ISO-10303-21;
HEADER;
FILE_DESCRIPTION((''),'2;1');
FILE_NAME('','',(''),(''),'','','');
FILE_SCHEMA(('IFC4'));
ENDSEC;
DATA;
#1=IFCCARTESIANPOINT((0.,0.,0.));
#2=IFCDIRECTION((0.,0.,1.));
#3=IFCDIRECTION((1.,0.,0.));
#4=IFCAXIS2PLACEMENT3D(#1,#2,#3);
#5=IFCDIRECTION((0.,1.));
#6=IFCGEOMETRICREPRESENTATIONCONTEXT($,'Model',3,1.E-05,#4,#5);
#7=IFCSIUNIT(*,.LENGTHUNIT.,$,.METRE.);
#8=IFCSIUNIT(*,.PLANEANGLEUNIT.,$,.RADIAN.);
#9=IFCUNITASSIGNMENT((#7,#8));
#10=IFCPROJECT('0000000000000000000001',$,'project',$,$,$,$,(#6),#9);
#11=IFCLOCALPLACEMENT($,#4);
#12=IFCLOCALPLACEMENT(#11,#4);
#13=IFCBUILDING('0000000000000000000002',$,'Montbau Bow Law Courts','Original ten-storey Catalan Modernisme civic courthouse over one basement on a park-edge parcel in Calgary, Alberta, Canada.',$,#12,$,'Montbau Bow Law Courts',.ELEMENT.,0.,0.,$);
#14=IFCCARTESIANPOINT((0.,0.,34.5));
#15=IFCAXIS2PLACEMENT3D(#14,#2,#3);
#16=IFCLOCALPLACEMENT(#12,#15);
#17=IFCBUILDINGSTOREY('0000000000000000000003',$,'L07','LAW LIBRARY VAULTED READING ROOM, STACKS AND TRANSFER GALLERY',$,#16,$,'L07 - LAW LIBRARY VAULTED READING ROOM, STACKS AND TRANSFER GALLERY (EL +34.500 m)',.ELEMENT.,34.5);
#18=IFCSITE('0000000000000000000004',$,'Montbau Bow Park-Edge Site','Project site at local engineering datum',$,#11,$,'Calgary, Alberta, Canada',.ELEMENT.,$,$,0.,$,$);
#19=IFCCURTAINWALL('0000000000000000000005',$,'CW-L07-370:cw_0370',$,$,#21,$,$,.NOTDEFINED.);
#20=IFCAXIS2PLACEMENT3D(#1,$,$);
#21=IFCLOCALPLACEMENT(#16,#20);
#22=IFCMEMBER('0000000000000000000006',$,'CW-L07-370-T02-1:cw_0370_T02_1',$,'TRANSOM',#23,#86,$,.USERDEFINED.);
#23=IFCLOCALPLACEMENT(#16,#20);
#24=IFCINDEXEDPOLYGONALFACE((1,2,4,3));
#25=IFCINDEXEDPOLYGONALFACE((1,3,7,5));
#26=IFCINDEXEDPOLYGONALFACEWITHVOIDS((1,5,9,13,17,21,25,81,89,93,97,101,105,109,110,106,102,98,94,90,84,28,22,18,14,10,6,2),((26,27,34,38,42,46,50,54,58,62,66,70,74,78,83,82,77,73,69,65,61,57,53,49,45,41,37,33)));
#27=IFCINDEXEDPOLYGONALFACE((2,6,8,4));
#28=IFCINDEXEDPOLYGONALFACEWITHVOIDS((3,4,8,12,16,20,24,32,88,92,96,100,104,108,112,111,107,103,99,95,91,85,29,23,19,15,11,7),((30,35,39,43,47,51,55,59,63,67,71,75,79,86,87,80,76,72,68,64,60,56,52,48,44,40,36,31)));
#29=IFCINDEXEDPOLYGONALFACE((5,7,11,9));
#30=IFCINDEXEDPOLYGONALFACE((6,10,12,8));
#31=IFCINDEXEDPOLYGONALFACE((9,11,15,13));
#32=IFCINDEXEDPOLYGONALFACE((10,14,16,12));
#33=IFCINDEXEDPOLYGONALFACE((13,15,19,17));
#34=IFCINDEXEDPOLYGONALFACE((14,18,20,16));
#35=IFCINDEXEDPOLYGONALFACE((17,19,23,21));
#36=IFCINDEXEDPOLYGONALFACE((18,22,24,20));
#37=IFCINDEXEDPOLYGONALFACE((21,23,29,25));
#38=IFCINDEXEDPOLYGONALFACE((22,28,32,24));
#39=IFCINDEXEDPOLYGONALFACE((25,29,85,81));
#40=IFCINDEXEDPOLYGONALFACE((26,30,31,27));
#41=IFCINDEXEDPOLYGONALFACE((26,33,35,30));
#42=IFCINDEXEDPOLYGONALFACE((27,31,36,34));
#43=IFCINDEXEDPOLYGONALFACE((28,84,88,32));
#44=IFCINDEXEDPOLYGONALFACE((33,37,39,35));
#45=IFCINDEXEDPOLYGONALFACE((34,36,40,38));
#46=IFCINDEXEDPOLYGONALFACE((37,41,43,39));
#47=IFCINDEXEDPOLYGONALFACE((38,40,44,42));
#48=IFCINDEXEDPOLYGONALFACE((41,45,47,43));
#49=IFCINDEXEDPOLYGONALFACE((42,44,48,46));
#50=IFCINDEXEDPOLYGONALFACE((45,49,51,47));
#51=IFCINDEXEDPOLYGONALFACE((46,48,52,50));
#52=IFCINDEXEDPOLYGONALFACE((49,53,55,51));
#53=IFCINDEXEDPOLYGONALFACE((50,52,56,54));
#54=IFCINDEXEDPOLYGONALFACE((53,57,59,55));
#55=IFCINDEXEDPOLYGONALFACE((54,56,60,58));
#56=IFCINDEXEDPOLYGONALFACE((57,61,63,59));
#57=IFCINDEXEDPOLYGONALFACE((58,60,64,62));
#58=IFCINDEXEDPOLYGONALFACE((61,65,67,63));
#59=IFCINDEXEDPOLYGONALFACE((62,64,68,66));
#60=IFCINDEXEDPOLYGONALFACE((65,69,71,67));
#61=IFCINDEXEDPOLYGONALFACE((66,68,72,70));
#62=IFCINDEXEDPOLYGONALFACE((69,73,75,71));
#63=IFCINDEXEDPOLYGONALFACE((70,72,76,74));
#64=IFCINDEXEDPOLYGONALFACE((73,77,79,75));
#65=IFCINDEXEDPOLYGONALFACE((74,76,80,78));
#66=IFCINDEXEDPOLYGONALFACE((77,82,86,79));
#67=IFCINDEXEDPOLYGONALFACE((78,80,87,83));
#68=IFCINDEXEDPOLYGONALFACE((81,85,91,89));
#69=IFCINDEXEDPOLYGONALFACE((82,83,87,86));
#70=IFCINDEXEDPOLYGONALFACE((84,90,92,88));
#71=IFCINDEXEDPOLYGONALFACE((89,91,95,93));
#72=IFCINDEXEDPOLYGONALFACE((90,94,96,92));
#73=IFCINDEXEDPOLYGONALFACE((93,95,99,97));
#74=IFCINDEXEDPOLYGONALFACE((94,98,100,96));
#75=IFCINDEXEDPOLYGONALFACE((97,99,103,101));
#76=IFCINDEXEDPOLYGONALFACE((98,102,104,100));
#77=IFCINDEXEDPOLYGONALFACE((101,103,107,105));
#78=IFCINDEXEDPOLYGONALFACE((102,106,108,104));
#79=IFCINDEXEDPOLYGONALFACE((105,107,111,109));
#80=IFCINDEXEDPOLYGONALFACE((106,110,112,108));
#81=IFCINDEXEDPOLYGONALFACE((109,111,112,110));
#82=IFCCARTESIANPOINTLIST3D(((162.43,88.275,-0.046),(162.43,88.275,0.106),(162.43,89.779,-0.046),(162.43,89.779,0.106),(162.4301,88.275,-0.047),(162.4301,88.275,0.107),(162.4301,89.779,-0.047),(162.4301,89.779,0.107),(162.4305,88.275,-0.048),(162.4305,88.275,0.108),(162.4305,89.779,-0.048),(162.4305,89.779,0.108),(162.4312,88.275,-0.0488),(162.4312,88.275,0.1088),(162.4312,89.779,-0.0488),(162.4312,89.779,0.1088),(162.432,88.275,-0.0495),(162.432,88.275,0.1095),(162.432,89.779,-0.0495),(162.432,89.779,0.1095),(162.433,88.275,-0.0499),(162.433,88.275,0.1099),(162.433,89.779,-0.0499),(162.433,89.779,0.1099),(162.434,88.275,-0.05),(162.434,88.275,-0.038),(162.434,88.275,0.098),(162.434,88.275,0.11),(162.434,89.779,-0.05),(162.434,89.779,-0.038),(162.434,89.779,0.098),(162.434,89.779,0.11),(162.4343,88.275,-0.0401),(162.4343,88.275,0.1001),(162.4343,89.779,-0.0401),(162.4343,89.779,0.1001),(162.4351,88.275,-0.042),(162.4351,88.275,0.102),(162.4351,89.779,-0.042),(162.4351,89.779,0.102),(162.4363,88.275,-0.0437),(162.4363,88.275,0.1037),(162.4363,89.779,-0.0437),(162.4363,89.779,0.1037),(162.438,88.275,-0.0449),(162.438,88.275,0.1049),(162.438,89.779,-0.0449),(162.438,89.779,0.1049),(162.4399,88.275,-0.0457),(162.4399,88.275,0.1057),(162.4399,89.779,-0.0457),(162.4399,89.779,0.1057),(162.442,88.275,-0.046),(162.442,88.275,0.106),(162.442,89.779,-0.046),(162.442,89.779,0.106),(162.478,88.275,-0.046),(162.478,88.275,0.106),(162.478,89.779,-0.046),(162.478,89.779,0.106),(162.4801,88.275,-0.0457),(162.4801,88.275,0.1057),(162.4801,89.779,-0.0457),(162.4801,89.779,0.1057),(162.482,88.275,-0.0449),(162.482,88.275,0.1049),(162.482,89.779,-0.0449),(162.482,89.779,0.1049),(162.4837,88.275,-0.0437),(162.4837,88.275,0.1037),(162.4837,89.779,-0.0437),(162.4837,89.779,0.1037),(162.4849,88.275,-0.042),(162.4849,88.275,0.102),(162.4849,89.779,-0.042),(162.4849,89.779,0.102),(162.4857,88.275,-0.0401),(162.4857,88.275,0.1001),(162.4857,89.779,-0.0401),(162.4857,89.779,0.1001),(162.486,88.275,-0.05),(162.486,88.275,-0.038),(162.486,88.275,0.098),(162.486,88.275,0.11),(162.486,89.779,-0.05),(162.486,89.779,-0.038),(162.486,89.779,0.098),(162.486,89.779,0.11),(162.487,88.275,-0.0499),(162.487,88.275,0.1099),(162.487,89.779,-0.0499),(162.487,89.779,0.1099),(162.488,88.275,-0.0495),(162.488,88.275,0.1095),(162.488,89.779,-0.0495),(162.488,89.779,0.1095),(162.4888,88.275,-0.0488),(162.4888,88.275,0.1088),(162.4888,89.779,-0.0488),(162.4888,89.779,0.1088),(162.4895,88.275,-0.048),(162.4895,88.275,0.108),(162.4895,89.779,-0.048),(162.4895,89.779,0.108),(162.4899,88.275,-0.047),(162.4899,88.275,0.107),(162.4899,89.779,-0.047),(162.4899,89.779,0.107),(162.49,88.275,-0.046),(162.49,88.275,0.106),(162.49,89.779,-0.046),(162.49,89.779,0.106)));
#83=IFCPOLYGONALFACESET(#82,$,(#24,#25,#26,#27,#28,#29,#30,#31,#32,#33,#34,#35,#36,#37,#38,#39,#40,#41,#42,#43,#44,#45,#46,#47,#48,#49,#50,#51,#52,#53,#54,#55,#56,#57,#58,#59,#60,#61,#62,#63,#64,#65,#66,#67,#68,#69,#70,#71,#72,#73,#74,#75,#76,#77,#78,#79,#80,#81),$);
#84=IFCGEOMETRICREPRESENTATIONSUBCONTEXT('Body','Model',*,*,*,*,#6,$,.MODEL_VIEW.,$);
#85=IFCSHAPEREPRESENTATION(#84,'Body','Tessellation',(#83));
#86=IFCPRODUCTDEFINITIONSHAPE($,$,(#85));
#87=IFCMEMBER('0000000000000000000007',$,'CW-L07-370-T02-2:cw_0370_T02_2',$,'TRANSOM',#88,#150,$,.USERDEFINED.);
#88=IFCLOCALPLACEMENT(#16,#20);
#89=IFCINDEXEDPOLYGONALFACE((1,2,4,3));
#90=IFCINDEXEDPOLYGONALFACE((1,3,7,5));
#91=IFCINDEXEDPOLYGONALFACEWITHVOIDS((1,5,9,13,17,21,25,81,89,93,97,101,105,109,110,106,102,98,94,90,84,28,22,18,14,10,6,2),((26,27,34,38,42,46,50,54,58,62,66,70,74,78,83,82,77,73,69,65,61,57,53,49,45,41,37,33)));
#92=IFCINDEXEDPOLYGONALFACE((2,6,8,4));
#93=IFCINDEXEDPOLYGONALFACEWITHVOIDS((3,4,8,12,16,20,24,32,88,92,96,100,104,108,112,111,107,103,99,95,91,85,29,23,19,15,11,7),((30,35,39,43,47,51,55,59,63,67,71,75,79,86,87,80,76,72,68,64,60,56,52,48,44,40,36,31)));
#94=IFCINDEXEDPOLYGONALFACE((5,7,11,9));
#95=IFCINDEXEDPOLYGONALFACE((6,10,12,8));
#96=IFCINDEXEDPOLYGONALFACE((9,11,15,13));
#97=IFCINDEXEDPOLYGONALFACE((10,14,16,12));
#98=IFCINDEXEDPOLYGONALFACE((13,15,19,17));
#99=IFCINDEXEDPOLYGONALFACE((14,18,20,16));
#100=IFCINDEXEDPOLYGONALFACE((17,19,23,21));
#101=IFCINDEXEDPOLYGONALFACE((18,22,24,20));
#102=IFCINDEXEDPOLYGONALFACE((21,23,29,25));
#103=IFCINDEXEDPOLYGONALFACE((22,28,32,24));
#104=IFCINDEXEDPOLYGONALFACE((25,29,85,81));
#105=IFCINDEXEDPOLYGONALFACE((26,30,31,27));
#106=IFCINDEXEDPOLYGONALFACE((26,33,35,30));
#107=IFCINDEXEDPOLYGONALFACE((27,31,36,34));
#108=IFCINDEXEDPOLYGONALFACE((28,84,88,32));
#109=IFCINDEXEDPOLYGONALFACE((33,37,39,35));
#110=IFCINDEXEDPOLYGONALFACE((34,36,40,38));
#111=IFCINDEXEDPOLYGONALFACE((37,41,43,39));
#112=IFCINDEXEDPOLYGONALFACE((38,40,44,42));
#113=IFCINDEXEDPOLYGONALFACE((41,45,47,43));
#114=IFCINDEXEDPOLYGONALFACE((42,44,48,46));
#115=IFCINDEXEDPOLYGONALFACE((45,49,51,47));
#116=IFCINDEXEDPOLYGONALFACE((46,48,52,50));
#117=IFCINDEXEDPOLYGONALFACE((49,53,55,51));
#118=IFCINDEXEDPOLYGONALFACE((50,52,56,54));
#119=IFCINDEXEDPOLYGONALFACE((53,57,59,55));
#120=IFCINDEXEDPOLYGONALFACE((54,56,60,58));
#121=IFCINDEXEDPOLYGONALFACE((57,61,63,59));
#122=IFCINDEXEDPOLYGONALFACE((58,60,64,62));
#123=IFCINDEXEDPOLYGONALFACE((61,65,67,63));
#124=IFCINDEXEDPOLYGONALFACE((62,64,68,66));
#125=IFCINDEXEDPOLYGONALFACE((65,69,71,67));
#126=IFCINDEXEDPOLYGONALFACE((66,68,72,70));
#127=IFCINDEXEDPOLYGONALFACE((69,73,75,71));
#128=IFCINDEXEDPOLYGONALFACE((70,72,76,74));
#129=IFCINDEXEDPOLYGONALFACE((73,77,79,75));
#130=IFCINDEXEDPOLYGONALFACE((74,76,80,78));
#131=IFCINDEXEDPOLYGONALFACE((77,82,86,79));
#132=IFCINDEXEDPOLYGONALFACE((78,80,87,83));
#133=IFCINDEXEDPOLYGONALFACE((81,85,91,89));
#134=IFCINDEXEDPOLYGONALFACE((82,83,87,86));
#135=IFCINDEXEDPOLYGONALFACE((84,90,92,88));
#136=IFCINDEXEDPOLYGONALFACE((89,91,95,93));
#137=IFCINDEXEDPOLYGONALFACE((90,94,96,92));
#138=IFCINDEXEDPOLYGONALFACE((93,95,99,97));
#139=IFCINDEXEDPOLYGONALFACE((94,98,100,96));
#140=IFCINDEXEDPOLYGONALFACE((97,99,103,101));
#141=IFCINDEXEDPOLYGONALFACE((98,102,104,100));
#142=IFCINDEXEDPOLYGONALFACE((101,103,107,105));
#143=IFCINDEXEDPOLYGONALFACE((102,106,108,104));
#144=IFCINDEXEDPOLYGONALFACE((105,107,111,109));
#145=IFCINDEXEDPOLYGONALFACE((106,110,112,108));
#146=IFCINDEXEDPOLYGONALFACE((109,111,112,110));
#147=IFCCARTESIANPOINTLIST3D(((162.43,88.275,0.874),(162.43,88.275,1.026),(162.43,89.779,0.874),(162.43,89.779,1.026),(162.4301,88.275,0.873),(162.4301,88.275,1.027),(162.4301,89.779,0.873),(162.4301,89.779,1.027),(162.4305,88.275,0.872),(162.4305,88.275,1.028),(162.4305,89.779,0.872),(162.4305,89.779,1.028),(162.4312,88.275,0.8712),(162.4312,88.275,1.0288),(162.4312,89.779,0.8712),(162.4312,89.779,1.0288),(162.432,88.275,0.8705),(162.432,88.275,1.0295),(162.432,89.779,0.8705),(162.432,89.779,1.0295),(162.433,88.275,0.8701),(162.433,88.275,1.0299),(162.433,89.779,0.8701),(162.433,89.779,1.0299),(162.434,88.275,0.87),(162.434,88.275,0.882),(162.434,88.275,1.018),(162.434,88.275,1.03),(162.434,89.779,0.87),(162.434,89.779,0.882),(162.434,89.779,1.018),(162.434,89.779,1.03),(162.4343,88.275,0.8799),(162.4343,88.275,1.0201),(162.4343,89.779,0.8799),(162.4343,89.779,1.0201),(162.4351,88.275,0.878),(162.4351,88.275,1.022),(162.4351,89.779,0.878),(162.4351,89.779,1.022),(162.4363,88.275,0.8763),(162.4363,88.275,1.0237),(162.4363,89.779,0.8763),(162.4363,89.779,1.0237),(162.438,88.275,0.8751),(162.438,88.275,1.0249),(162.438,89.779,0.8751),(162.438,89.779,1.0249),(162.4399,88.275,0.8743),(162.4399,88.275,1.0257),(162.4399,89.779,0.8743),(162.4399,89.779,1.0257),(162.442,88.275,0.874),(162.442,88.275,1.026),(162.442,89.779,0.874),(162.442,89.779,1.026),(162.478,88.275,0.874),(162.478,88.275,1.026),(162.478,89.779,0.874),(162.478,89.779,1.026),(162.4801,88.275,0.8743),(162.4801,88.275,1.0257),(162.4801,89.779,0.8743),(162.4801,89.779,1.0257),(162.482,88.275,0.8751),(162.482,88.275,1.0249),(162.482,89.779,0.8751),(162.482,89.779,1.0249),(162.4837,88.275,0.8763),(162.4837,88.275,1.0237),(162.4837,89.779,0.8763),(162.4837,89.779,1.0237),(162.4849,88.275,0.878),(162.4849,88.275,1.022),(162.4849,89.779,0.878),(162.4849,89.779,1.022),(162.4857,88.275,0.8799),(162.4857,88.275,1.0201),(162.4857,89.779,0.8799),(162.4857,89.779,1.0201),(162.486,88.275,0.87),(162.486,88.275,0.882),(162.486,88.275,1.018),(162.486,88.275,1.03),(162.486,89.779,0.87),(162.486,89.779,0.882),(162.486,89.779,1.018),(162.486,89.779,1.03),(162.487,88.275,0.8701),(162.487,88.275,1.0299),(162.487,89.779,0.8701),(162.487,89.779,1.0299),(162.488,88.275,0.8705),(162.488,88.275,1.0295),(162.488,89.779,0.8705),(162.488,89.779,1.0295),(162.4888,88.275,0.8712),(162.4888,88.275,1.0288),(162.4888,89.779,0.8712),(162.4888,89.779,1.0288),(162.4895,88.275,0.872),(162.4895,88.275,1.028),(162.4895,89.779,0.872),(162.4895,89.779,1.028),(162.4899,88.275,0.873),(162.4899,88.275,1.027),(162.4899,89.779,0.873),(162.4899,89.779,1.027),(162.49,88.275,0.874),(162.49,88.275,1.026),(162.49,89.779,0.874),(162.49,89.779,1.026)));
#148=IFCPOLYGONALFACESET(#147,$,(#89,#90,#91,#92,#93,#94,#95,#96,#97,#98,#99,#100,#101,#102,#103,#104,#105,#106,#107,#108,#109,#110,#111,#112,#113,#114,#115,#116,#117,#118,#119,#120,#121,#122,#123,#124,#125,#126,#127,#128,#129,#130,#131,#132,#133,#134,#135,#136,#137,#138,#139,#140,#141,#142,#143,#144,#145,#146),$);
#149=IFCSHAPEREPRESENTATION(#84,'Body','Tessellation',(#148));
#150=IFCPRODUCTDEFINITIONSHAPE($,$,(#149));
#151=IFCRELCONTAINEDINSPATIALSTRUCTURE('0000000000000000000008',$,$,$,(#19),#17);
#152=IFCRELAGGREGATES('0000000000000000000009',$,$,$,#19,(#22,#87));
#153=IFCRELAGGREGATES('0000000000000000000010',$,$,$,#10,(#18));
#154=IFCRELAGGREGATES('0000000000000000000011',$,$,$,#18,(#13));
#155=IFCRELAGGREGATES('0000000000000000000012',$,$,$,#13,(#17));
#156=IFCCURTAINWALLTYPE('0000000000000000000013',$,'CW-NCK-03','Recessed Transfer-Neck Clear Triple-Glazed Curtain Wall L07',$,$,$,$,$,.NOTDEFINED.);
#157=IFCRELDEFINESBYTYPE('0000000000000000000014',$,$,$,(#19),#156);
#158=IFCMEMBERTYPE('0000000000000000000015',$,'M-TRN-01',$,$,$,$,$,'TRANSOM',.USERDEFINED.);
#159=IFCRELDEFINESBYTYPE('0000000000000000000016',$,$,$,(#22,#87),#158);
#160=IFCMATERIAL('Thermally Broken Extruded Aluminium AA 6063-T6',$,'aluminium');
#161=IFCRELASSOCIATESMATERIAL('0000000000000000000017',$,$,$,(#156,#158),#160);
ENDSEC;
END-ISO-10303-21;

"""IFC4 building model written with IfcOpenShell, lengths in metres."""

from ifc_helpers import new_model, si_unit, direction, frame, origin_with_axes, origin_2d_with_axis, place, context, subcontext, project, spatial, hollow_rectangle, extrude, material, material_profile, profile_set, type_object, element, aggregate, save


model = new_model("IFC4")

# Units and contexts
model_context = context("Model", 3, precision=1e-05, world=origin_with_axes(), true_north=direction((0.0, 1.0)))
body_context = subcontext(model_context, "Body", "Model", "MODEL_VIEW")
ifc_project = project(units=[si_unit("LENGTHUNIT", "METRE"), si_unit("PLANEANGLEUNIT", "RADIAN")], contexts=[model_context])

# Site, building, storey
site_placement = place(None, origin_with_axes())
site = spatial("IfcSite", under=ifc_project, at=site_placement, Name="Montbau Bow Park-Edge Site", Description="Project site at local engineering datum", LongName="Calgary, Alberta, Canada", CompositionType="ELEMENT", RefElevation=0.0)
building_placement = place(site_placement, origin_with_axes())
building = spatial("IfcBuilding", under=site, at=building_placement, Name="Montbau Bow Law Courts", Description="Original ten-storey Catalan Modernisme civic courthouse over one basement on a park-edge parcel in Calgary, Alberta, Canada.", LongName="Montbau Bow Law Courts", CompositionType="ELEMENT", ElevationOfRefHeight=0.0, ElevationOfTerrain=0.0)
storey_placement = place(building_placement, frame((0.0, 0.0, 34.5), z_axis=(0.0, 0.0, 1.0), x_axis=(1.0, 0.0, 0.0)))
storey = spatial("IfcBuildingStorey", under=building, at=storey_placement, Name="L07", Description="LAW LIBRARY VAULTED READING ROOM, STACKS AND TRANSFER GALLERY", LongName="L07 - LAW LIBRARY VAULTED READING ROOM, STACKS AND TRANSFER GALLERY (EL +34.500 m)", CompositionType="ELEMENT", Elevation=34.5)

# Curtain wall
ifc_material_1 = material(Name="Thermally Broken Extruded Aluminium AA 6063-T6", Category="aluminium")
curtain_wall_type = type_object("IfcCurtainWallType", Name="CW-NCK-03", Description="Recessed Transfer-Neck Clear Triple-Glazed Curtain Wall L07", PredefinedType="NOTDEFINED", material=ifc_material_1)
curtain_wall_1_placement = place(None, frame((162.46, 86.668, 34.5), z_axis=(0.0, 0.0, 1.0), x_axis=(1.0, 0.0, 0.0)))
curtain_wall_1 = element("IfcCurtainWall", 1, at=curtain_wall_1_placement, inside=storey, type_object=curtain_wall_type, Name="CW-L07-370:cw_0370", PredefinedType="NOTDEFINED")

# Members
ifc_material_profile_1 = material_profile(ifc_material_1, hollow_rectangle(XDim=0.06, YDim=0.16, WallThickness=0.004, InnerFilletRadius=0.008, OuterFilletRadius=0.004, at=origin_2d_with_axis()), Name="CWT-160X60", Category="Main", Priority=0)
ifc_profile_set_1 = profile_set([ifc_material_profile_1], Name="Thermally Broken Extruded Aluminium AA 6063-T6")
member_type_1 = type_object("IfcMemberType", Name="M-TRN-01", ElementType="TRANSOM", PredefinedType="USERDEFINED", material=ifc_profile_set_1)
member_1_placement = place(None, frame((162.46, 88.275, 34.53), z_axis=(0.0, 1.0, 0.0), x_axis=(-1.0, 0.0, 0.0)))
member_1 = element("IfcMember", 2, at=member_1_placement, type_object=member_type_1, Name="CW-L07-370-T02-1:cw_0370_T02_1", ObjectType="TRANSOM", PredefinedType="USERDEFINED", context=body_context, shape_type="SweptSolid", body=[
    extrude(hollow_rectangle(XDim=0.06, YDim=0.16, WallThickness=0.004, InnerFilletRadius=0.008, OuterFilletRadius=0.004, at=origin_2d_with_axis()), origin_with_axes(), (0.0, 0.0, 1.0), 1.504),
])
member_2_placement = place(None, frame((162.46, 88.275, 35.45), z_axis=(0.0, 1.0, 0.0), x_axis=(-1.0, 0.0, 0.0)))
member_2 = element("IfcMember", 3, at=member_2_placement, type_object=member_type_1, Name="CW-L07-370-T02-2:cw_0370_T02_2", ObjectType="TRANSOM", PredefinedType="USERDEFINED", context=body_context, shape_type="SweptSolid", body=[
    extrude(hollow_rectangle(XDim=0.06, YDim=0.16, WallThickness=0.004, InnerFilletRadius=0.008, OuterFilletRadius=0.004, at=origin_2d_with_axis()), origin_with_axes(), (0.0, 0.0, 1.0), 1.504),
])

aggregate(curtain_wall_1, [member_1, member_2])

save(model, "model.ifc")
